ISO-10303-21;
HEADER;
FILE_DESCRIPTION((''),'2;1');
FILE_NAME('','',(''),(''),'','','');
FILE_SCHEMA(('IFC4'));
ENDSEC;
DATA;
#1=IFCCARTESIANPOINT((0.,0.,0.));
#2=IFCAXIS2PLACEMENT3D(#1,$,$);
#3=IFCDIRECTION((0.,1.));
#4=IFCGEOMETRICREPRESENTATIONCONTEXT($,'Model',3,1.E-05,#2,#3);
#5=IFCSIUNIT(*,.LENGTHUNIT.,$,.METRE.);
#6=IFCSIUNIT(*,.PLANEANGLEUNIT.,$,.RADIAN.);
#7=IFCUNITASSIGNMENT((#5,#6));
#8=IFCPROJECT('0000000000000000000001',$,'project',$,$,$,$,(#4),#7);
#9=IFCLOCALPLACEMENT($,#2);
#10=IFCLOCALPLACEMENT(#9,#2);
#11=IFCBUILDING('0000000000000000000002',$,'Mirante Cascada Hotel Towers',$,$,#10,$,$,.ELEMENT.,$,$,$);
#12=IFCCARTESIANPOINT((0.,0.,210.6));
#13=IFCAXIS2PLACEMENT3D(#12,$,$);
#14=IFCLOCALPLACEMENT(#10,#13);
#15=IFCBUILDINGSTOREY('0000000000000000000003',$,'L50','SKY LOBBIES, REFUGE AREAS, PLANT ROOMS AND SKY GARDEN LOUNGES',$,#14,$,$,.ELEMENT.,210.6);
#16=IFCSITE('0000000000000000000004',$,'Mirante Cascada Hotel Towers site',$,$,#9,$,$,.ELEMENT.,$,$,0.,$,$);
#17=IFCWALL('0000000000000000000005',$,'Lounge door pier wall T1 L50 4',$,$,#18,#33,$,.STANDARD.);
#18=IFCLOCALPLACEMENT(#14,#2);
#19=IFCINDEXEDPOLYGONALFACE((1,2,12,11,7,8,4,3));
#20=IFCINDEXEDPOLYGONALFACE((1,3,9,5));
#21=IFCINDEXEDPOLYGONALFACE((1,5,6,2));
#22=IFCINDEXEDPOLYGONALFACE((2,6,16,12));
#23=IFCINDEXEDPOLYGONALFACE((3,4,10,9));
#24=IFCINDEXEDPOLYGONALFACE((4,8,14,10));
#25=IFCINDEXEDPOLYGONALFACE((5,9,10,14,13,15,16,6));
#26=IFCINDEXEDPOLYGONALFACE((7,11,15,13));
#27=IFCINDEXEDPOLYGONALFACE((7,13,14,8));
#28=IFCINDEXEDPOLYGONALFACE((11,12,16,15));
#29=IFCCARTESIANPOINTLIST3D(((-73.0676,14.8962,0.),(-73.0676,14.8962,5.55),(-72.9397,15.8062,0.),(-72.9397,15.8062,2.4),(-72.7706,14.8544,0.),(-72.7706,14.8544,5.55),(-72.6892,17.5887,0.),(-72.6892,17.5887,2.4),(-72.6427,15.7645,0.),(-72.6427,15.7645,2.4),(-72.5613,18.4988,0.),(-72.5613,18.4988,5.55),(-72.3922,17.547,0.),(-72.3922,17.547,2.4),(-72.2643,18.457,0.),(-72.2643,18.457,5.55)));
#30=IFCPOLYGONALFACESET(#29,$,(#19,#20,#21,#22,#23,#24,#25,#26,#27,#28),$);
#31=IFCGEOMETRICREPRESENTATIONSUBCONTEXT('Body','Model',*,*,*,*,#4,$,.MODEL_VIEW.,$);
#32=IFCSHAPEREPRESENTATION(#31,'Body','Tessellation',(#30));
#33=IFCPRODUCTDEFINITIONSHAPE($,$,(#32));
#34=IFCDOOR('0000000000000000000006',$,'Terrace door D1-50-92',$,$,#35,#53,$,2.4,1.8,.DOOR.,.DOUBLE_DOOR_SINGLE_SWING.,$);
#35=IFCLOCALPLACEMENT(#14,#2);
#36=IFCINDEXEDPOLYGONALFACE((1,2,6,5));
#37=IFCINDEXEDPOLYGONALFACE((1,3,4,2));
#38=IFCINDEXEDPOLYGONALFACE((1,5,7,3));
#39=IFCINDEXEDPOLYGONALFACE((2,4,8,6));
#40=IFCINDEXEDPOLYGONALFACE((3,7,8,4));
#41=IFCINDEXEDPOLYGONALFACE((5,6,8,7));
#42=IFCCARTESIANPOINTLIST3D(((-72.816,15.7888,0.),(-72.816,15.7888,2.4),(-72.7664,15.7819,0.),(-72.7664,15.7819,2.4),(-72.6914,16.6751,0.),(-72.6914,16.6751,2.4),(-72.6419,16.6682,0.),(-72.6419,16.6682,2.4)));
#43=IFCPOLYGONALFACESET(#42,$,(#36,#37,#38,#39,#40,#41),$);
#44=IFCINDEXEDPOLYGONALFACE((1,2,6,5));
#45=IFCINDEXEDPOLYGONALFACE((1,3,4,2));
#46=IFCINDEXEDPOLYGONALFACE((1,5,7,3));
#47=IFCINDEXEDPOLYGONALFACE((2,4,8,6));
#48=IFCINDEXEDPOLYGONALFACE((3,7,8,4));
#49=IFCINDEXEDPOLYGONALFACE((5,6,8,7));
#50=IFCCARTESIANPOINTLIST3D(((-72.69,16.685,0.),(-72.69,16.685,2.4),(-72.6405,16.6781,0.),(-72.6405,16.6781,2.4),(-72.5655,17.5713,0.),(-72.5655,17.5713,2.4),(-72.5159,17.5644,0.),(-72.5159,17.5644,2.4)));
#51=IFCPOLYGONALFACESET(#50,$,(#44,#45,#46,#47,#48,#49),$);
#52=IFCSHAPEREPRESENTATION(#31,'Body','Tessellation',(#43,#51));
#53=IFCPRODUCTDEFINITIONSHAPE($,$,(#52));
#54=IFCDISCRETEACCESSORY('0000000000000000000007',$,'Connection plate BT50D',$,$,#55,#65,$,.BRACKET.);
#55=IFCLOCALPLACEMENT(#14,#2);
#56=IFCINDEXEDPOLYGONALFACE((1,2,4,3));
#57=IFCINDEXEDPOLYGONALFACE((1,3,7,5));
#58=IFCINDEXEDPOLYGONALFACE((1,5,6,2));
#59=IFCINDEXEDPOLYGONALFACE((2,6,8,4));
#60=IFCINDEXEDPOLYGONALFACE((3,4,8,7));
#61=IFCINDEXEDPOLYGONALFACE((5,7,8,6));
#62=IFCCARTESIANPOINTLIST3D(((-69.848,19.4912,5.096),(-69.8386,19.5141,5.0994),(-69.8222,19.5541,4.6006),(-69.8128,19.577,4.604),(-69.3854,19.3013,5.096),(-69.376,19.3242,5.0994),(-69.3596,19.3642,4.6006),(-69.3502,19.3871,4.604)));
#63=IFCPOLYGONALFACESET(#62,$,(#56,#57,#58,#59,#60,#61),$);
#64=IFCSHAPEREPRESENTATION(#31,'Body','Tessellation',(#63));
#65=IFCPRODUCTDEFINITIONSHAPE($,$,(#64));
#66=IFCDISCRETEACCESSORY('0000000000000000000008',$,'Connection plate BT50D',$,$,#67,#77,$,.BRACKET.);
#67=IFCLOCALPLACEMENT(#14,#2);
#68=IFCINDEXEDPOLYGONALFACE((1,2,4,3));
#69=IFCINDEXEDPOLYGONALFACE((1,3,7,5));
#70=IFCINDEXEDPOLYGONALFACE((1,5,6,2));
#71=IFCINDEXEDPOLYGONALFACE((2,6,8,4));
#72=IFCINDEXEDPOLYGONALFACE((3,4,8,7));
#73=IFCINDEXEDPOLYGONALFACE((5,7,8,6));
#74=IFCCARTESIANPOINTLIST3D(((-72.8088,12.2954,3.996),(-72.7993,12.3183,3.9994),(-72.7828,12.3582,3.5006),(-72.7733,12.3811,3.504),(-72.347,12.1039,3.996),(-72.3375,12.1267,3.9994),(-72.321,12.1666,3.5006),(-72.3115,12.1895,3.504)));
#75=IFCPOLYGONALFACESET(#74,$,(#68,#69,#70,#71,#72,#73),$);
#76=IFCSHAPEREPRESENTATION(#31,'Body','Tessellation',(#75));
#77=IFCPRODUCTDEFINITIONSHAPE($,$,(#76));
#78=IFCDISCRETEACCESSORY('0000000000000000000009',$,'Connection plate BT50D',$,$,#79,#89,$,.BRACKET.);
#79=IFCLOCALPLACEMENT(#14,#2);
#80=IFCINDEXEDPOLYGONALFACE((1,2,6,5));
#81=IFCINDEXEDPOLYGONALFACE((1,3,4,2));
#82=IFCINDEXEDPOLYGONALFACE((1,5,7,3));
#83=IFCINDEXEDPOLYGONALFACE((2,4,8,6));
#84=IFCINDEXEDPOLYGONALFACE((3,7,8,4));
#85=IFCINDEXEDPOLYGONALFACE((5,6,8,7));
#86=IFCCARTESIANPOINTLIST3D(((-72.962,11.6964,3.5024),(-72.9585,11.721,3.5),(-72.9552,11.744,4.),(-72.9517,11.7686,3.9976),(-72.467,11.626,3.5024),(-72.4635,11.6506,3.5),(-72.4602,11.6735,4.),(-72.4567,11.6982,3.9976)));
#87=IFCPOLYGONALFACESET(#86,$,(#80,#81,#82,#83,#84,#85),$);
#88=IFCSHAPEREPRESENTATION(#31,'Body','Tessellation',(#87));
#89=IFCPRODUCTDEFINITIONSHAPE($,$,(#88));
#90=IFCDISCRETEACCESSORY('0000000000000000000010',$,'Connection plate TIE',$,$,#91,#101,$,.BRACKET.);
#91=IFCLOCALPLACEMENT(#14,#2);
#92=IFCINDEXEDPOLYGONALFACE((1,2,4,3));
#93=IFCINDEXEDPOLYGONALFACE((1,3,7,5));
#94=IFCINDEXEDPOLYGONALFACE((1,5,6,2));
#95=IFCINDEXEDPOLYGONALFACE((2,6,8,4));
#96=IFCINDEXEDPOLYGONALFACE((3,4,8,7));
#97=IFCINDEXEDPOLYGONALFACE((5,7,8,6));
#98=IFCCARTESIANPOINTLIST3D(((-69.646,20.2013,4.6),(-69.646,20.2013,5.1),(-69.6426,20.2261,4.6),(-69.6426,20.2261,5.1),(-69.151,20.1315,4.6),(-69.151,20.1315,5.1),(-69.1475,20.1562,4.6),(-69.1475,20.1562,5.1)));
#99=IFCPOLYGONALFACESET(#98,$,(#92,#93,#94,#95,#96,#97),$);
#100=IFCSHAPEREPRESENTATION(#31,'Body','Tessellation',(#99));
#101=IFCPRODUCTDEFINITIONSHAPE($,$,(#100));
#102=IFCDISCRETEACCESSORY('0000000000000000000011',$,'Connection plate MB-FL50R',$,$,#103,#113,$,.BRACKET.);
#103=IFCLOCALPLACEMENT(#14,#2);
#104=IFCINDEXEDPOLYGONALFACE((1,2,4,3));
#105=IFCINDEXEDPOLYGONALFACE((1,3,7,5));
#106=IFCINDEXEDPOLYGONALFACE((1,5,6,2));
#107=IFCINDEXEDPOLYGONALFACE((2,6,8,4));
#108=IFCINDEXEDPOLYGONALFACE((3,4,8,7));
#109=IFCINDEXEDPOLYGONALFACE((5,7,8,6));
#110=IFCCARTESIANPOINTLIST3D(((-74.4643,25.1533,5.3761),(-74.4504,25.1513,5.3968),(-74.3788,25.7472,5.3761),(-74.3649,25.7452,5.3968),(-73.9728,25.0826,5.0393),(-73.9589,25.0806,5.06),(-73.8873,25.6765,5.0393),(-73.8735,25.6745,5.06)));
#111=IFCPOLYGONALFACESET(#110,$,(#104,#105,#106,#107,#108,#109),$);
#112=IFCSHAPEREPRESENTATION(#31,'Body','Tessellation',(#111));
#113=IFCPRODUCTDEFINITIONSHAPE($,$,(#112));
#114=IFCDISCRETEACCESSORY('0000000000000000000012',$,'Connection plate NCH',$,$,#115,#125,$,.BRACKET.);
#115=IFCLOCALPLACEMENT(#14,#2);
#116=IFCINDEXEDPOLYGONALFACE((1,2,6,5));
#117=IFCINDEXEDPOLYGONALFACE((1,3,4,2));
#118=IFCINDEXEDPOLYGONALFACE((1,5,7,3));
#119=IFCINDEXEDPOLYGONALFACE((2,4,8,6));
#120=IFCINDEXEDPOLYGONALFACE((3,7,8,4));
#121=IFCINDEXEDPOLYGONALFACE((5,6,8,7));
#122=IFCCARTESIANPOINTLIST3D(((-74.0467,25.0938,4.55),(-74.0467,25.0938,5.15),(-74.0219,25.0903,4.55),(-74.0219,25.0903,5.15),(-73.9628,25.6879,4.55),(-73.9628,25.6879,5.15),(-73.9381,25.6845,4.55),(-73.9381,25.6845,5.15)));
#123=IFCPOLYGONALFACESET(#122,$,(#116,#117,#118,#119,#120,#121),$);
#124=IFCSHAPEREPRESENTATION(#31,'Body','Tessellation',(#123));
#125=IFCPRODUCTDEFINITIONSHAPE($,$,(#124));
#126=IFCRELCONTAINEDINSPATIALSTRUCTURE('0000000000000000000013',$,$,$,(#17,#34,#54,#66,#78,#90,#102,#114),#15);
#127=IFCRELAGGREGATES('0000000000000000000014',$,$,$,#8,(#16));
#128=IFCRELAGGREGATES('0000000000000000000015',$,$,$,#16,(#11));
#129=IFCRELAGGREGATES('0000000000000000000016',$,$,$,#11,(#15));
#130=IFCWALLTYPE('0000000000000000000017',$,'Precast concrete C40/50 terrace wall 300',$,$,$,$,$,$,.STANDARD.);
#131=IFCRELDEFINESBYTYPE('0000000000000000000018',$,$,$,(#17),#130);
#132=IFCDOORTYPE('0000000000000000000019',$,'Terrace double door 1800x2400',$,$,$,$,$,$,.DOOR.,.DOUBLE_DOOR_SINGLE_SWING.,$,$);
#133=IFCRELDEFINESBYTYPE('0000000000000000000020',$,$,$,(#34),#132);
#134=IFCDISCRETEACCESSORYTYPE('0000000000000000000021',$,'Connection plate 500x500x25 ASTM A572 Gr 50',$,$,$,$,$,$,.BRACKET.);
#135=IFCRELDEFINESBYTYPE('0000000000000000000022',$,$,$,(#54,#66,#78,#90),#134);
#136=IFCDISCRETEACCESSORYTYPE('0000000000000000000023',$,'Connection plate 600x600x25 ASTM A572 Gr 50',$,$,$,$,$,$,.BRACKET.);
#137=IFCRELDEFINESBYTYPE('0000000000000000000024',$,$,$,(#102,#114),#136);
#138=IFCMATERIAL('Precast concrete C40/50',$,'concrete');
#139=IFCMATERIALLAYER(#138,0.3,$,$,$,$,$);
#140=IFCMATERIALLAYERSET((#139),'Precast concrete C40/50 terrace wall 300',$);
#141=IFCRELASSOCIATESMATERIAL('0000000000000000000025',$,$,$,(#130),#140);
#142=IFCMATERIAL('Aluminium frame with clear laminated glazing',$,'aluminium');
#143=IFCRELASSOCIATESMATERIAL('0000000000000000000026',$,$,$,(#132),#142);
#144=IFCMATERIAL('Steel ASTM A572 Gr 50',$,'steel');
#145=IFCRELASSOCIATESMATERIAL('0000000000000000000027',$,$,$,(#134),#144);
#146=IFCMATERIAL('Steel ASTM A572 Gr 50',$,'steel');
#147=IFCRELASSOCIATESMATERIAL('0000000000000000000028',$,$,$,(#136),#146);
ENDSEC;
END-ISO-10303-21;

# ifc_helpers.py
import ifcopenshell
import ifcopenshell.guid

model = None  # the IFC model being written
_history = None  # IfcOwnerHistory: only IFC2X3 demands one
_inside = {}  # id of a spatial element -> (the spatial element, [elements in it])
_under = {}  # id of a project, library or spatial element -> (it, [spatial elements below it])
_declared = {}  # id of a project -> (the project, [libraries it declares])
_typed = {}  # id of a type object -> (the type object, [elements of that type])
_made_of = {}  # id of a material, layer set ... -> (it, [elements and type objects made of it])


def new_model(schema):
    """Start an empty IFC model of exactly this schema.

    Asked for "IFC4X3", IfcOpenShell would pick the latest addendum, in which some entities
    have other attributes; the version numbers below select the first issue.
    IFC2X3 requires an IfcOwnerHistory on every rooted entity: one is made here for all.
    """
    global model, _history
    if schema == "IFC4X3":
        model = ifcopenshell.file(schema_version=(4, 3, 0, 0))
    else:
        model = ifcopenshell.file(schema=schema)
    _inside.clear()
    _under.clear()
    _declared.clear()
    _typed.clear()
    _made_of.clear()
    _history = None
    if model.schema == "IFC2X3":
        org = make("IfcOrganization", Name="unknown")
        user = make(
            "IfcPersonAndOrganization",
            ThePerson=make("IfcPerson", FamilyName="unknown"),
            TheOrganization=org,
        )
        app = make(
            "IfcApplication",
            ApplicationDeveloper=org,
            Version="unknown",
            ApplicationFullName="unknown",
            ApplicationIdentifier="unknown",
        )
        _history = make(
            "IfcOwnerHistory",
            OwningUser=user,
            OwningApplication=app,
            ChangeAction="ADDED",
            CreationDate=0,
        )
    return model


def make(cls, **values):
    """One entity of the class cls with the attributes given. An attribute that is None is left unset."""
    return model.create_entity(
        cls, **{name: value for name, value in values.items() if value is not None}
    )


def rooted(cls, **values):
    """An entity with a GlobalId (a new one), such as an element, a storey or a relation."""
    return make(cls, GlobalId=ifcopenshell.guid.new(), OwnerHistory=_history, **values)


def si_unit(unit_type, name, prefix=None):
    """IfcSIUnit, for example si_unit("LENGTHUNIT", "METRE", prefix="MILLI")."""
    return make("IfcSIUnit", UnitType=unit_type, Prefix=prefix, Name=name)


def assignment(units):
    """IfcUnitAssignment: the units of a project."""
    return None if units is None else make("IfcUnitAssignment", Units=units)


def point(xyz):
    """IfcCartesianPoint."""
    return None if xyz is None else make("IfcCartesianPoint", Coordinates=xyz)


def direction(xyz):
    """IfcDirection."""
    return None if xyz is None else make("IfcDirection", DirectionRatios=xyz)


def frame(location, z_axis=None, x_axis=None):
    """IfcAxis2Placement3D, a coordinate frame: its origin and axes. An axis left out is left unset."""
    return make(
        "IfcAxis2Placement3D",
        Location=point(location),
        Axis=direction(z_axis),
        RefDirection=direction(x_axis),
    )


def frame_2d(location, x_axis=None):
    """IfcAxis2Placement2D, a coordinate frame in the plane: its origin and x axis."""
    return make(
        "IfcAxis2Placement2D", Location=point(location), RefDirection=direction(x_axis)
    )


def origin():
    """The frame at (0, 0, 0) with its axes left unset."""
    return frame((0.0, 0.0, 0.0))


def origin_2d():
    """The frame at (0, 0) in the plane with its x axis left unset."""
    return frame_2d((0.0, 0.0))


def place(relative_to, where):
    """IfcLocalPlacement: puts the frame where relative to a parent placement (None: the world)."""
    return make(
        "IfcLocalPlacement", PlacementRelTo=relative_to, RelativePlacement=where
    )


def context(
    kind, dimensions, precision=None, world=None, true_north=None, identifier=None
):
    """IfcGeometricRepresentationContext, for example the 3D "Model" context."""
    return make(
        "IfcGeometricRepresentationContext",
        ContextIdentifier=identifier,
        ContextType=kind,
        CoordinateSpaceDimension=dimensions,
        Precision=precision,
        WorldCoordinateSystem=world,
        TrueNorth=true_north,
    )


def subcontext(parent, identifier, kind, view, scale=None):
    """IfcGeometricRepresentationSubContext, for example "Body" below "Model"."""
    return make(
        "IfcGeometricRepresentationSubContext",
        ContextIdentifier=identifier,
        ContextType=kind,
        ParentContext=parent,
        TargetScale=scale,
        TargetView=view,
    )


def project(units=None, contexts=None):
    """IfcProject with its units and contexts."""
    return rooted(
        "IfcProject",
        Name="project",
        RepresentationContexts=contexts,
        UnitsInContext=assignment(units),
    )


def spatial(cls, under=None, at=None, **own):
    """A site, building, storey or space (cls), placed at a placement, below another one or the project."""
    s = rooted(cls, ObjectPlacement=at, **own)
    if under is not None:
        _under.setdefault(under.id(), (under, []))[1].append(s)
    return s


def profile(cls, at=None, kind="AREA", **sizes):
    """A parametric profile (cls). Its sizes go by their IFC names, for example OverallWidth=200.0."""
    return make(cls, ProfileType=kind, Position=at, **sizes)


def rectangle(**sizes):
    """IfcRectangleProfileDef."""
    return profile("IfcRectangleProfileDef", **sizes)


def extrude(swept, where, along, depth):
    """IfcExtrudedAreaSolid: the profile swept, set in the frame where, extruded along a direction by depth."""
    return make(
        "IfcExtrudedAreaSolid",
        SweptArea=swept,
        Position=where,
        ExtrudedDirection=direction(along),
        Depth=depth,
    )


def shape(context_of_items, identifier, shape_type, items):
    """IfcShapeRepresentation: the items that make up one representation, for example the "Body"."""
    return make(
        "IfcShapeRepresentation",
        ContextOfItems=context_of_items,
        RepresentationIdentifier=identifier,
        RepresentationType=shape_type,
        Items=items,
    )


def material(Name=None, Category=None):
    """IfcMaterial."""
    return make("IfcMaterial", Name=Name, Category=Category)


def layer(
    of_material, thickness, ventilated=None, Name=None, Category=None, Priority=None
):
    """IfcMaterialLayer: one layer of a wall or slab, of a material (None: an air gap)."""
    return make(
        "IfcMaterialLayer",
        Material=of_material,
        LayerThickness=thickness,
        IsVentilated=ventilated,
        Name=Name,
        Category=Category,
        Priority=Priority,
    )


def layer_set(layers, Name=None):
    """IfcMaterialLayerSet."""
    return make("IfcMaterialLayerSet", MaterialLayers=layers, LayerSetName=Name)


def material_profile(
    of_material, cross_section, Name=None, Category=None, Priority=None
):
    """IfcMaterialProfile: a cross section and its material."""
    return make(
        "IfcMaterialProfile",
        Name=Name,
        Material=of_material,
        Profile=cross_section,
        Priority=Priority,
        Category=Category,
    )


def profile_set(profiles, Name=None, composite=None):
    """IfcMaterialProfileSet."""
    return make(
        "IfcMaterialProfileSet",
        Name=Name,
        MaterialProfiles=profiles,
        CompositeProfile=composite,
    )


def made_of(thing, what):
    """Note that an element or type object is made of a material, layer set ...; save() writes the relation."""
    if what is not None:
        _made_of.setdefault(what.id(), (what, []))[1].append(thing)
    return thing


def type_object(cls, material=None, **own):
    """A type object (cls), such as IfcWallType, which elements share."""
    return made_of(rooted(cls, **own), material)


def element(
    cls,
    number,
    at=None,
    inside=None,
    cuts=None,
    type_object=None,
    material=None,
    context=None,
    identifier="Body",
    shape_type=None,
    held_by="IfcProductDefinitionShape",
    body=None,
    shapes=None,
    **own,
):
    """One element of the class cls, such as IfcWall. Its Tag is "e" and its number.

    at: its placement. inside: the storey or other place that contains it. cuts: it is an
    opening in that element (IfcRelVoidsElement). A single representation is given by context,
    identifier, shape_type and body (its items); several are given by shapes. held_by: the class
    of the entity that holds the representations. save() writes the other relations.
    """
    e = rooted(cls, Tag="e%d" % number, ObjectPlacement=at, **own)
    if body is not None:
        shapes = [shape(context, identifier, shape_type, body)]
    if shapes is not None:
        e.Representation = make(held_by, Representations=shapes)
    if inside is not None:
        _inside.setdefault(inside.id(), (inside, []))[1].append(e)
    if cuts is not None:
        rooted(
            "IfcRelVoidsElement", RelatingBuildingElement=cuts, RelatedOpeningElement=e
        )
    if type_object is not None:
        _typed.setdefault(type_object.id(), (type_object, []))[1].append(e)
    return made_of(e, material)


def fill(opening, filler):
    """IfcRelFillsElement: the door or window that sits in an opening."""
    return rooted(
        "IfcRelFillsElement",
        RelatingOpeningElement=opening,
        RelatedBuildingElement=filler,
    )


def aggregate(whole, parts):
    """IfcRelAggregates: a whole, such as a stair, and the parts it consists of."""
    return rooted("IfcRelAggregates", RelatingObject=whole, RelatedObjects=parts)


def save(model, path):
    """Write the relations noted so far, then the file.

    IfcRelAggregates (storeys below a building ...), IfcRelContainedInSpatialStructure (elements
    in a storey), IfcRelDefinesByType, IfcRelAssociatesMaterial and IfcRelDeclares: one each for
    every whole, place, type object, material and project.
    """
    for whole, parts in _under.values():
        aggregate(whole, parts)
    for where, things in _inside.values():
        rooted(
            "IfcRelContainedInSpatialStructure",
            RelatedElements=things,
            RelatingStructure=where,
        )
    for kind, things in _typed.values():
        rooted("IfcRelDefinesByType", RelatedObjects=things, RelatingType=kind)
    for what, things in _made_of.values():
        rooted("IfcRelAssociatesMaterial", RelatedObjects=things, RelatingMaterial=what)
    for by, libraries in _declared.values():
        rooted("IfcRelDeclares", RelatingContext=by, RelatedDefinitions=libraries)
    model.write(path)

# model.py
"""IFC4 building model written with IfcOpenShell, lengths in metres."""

from ifc_helpers import new_model, si_unit, direction, frame, frame_2d, origin, origin_2d, place, context, subcontext, project, spatial, rectangle, extrude, material, layer, layer_set, material_profile, profile_set, type_object, element, fill, save


model = new_model("IFC4")

# Units and contexts
model_context = context("Model", 3, precision=1e-05, world=origin(), true_north=direction((0.0, 1.0)))
body_context = subcontext(model_context, "Body", "Model", "MODEL_VIEW")
ifc_project = project(units=[si_unit("LENGTHUNIT", "METRE"), si_unit("PLANEANGLEUNIT", "RADIAN")], contexts=[model_context])

# Site, building, storey
site_placement = place(None, origin())
site = spatial("IfcSite", under=ifc_project, at=site_placement, Name="Mirante Cascada Hotel Towers site", CompositionType="ELEMENT", RefElevation=0.0)
building_placement = place(site_placement, origin())
building = spatial("IfcBuilding", under=site, at=building_placement, Name="Mirante Cascada Hotel Towers", CompositionType="ELEMENT")
storey_placement = place(building_placement, frame((0.0, 0.0, 210.6)))
storey = spatial("IfcBuildingStorey", under=building, at=storey_placement, Name="L50", Description="SKY LOBBIES, REFUGE AREAS, PLANT ROOMS AND SKY GARDEN LOUNGES", CompositionType="ELEMENT", Elevation=210.6)

# Wall, opening, door
ifc_material_1 = material(Name="Precast concrete C40/50", Category="concrete")
ifc_layer_1 = layer(ifc_material_1, 0.3)
ifc_layer_set_1 = layer_set([ifc_layer_1], Name="Precast concrete C40/50 terrace wall 300")
wall_type_1 = type_object("IfcWallType", Name="Precast concrete C40/50 terrace wall 300", PredefinedType="STANDARD", material=ifc_layer_set_1)
ifc_material_2 = material(Name="Aluminium frame with clear laminated glazing", Category="aluminium")
door_type = type_object("IfcDoorType", Name="Terrace double door 1800x2400", OperationType="DOUBLE_DOOR_SINGLE_SWING", PredefinedType="DOOR", material=ifc_material_2)
wall_1_placement = place(storey_placement, frame((-72.9191, 14.8753, 0.0), z_axis=(0.0, 0.0, 1.0), x_axis=(0.13917, 0.990268, 0.0)))
wall_1 = element("IfcWall", 1, at=wall_1_placement, inside=storey, type_object=wall_type_1, Name="Lounge door pier wall T1 L50 4", PredefinedType="STANDARD", context=body_context, shape_type="SweptSolid", body=[
    extrude(rectangle(XDim=3.638, YDim=0.3, at=frame_2d((1.819, 0.0))), origin(), (0.0, 0.0, 1.0), 5.55),
])
opening_1_placement = place(wall_1_placement, frame((0.919, 0.0, 0.0)))
opening_1 = element("IfcOpeningElement", 2, at=opening_1_placement, cuts=wall_1, PredefinedType="OPENING", context=body_context, shape_type="SweptSolid", body=[
    extrude(rectangle(XDim=1.8, YDim=2.4, at=frame_2d((0.9, 1.2))), frame((0.0, 0.15, 0.0), z_axis=(0.0, -1.0, 0.0), x_axis=(1.0, 0.0, 0.0)), (0.0, 0.0, 1.0), 0.3),
])
door_1_placement = place(opening_1_placement, origin())
door_1 = element("IfcDoor", 3, at=door_1_placement, inside=storey, type_object=door_type, Name="Terrace door D1-50-92", OperationType="DOUBLE_DOOR_SINGLE_SWING", OverallHeight=2.4, OverallWidth=1.8, PredefinedType="DOOR", context=body_context, shape_type="SweptSolid", body=[
    extrude(rectangle(XDim=0.895, YDim=2.4, at=frame_2d((0.4475, 1.2))), frame((0.0, 0.025, 0.0), z_axis=(0.0, -1.0, 0.0), x_axis=(1.0, 0.0, 0.0)), (0.0, 0.0, 1.0), 0.05),
    extrude(rectangle(XDim=0.895, YDim=2.4, at=frame_2d((1.3525, 1.2))), frame((0.0, 0.025, 0.0), z_axis=(0.0, -1.0, 0.0), x_axis=(1.0, 0.0, 0.0)), (0.0, 0.0, 1.0), 0.05),
])
fill(opening_1, door_1)

# Discrete accessories
ifc_material_3 = material(Name="Steel ASTM A572 Gr 50", Category="steel")
ifc_material_profile_1 = material_profile(ifc_material_3, rectangle(XDim=0.5, YDim=0.5, at=origin_2d()), Name="Connection plate 500x500x25 ASTM A572 Gr 50")
ifc_profile_set_1 = profile_set([ifc_material_profile_1], Name="Steel ASTM A572 Gr 50")
discrete_accessory_type_1 = type_object("IfcDiscreteAccessoryType", Name="Connection plate 500x500x25 ASTM A572 Gr 50", PredefinedType="BRACKET", material=ifc_profile_set_1)
for number, where, z_axis, x_axis, name in (
    (4, (-69.5944, 19.4506, 4.8517), (-0.376202, -0.916491, -0.136073), (0.925096, -0.379734, 0.0), "Connection plate BT50D"),
    (5, (-72.5554, 12.2539, 3.7517), (-0.37963, -0.915107, -0.135868), (0.923673, -0.383183, 0.0), "Connection plate BT50D"),
    (6, (-72.7076, 11.7096, 3.7488), (-0.140205, -0.985444, 0.096141), (0.99003, -0.140858, 0.0), "Connection plate BT50D"),
    (7, (-69.3985, 20.1664, 4.85), (0.139744, 0.990188, 0.0), (-0.990188, 0.139744, 0.0), "Connection plate TIE"),
):
    element("IfcDiscreteAccessory", number, at=place(storey_placement, frame(where, z_axis=z_axis, x_axis=x_axis)), inside=storey, type_object=discrete_accessory_type_1, Name=name, PredefinedType="BRACKET", context=body_context, shape_type="SweptSolid", body=[
        extrude(rectangle(XDim=0.5, YDim=0.5, at=origin_2d()), origin(), (0.0, 0.0, 1.0), 0.025),
    ])
ifc_material_4 = material(Name="Steel ASTM A572 Gr 50", Category="steel")
ifc_material_profile_2 = material_profile(ifc_material_4, rectangle(XDim=0.6, YDim=0.6, at=origin_2d()), Name="Connection plate 600x600x25 ASTM A572 Gr 50")
ifc_profile_set_2 = profile_set([ifc_material_profile_2], Name="Steel ASTM A572 Gr 50")
discrete_accessory_type_2 = type_object("IfcDiscreteAccessoryType", Name="Connection plate 600x600x25 ASTM A572 Gr 50", PredefinedType="BRACKET", material=ifc_profile_set_2)
for number, where, z_axis, x_axis, name in (
    (8, (-74.1758, 25.4149, 5.2077), (0.555689, -0.079955, 0.827537), (0.142418, 0.989807, 0.0), "Connection plate MB-FL50R"),
    (9, (-73.98, 25.3874, 4.85), (-0.990188, 0.139744, 0.0), (-0.139744, -0.990188, 0.0), "Connection plate NCH"),
):
    element("IfcDiscreteAccessory", number, at=place(storey_placement, frame(where, z_axis=z_axis, x_axis=x_axis)), inside=storey, type_object=discrete_accessory_type_2, Name=name, PredefinedType="BRACKET", context=body_context, shape_type="SweptSolid", body=[
        extrude(rectangle(XDim=0.6, YDim=0.6, at=origin_2d()), origin(), (0.0, 0.0, 1.0), 0.025),
    ])

save(model, "model.ifc")
